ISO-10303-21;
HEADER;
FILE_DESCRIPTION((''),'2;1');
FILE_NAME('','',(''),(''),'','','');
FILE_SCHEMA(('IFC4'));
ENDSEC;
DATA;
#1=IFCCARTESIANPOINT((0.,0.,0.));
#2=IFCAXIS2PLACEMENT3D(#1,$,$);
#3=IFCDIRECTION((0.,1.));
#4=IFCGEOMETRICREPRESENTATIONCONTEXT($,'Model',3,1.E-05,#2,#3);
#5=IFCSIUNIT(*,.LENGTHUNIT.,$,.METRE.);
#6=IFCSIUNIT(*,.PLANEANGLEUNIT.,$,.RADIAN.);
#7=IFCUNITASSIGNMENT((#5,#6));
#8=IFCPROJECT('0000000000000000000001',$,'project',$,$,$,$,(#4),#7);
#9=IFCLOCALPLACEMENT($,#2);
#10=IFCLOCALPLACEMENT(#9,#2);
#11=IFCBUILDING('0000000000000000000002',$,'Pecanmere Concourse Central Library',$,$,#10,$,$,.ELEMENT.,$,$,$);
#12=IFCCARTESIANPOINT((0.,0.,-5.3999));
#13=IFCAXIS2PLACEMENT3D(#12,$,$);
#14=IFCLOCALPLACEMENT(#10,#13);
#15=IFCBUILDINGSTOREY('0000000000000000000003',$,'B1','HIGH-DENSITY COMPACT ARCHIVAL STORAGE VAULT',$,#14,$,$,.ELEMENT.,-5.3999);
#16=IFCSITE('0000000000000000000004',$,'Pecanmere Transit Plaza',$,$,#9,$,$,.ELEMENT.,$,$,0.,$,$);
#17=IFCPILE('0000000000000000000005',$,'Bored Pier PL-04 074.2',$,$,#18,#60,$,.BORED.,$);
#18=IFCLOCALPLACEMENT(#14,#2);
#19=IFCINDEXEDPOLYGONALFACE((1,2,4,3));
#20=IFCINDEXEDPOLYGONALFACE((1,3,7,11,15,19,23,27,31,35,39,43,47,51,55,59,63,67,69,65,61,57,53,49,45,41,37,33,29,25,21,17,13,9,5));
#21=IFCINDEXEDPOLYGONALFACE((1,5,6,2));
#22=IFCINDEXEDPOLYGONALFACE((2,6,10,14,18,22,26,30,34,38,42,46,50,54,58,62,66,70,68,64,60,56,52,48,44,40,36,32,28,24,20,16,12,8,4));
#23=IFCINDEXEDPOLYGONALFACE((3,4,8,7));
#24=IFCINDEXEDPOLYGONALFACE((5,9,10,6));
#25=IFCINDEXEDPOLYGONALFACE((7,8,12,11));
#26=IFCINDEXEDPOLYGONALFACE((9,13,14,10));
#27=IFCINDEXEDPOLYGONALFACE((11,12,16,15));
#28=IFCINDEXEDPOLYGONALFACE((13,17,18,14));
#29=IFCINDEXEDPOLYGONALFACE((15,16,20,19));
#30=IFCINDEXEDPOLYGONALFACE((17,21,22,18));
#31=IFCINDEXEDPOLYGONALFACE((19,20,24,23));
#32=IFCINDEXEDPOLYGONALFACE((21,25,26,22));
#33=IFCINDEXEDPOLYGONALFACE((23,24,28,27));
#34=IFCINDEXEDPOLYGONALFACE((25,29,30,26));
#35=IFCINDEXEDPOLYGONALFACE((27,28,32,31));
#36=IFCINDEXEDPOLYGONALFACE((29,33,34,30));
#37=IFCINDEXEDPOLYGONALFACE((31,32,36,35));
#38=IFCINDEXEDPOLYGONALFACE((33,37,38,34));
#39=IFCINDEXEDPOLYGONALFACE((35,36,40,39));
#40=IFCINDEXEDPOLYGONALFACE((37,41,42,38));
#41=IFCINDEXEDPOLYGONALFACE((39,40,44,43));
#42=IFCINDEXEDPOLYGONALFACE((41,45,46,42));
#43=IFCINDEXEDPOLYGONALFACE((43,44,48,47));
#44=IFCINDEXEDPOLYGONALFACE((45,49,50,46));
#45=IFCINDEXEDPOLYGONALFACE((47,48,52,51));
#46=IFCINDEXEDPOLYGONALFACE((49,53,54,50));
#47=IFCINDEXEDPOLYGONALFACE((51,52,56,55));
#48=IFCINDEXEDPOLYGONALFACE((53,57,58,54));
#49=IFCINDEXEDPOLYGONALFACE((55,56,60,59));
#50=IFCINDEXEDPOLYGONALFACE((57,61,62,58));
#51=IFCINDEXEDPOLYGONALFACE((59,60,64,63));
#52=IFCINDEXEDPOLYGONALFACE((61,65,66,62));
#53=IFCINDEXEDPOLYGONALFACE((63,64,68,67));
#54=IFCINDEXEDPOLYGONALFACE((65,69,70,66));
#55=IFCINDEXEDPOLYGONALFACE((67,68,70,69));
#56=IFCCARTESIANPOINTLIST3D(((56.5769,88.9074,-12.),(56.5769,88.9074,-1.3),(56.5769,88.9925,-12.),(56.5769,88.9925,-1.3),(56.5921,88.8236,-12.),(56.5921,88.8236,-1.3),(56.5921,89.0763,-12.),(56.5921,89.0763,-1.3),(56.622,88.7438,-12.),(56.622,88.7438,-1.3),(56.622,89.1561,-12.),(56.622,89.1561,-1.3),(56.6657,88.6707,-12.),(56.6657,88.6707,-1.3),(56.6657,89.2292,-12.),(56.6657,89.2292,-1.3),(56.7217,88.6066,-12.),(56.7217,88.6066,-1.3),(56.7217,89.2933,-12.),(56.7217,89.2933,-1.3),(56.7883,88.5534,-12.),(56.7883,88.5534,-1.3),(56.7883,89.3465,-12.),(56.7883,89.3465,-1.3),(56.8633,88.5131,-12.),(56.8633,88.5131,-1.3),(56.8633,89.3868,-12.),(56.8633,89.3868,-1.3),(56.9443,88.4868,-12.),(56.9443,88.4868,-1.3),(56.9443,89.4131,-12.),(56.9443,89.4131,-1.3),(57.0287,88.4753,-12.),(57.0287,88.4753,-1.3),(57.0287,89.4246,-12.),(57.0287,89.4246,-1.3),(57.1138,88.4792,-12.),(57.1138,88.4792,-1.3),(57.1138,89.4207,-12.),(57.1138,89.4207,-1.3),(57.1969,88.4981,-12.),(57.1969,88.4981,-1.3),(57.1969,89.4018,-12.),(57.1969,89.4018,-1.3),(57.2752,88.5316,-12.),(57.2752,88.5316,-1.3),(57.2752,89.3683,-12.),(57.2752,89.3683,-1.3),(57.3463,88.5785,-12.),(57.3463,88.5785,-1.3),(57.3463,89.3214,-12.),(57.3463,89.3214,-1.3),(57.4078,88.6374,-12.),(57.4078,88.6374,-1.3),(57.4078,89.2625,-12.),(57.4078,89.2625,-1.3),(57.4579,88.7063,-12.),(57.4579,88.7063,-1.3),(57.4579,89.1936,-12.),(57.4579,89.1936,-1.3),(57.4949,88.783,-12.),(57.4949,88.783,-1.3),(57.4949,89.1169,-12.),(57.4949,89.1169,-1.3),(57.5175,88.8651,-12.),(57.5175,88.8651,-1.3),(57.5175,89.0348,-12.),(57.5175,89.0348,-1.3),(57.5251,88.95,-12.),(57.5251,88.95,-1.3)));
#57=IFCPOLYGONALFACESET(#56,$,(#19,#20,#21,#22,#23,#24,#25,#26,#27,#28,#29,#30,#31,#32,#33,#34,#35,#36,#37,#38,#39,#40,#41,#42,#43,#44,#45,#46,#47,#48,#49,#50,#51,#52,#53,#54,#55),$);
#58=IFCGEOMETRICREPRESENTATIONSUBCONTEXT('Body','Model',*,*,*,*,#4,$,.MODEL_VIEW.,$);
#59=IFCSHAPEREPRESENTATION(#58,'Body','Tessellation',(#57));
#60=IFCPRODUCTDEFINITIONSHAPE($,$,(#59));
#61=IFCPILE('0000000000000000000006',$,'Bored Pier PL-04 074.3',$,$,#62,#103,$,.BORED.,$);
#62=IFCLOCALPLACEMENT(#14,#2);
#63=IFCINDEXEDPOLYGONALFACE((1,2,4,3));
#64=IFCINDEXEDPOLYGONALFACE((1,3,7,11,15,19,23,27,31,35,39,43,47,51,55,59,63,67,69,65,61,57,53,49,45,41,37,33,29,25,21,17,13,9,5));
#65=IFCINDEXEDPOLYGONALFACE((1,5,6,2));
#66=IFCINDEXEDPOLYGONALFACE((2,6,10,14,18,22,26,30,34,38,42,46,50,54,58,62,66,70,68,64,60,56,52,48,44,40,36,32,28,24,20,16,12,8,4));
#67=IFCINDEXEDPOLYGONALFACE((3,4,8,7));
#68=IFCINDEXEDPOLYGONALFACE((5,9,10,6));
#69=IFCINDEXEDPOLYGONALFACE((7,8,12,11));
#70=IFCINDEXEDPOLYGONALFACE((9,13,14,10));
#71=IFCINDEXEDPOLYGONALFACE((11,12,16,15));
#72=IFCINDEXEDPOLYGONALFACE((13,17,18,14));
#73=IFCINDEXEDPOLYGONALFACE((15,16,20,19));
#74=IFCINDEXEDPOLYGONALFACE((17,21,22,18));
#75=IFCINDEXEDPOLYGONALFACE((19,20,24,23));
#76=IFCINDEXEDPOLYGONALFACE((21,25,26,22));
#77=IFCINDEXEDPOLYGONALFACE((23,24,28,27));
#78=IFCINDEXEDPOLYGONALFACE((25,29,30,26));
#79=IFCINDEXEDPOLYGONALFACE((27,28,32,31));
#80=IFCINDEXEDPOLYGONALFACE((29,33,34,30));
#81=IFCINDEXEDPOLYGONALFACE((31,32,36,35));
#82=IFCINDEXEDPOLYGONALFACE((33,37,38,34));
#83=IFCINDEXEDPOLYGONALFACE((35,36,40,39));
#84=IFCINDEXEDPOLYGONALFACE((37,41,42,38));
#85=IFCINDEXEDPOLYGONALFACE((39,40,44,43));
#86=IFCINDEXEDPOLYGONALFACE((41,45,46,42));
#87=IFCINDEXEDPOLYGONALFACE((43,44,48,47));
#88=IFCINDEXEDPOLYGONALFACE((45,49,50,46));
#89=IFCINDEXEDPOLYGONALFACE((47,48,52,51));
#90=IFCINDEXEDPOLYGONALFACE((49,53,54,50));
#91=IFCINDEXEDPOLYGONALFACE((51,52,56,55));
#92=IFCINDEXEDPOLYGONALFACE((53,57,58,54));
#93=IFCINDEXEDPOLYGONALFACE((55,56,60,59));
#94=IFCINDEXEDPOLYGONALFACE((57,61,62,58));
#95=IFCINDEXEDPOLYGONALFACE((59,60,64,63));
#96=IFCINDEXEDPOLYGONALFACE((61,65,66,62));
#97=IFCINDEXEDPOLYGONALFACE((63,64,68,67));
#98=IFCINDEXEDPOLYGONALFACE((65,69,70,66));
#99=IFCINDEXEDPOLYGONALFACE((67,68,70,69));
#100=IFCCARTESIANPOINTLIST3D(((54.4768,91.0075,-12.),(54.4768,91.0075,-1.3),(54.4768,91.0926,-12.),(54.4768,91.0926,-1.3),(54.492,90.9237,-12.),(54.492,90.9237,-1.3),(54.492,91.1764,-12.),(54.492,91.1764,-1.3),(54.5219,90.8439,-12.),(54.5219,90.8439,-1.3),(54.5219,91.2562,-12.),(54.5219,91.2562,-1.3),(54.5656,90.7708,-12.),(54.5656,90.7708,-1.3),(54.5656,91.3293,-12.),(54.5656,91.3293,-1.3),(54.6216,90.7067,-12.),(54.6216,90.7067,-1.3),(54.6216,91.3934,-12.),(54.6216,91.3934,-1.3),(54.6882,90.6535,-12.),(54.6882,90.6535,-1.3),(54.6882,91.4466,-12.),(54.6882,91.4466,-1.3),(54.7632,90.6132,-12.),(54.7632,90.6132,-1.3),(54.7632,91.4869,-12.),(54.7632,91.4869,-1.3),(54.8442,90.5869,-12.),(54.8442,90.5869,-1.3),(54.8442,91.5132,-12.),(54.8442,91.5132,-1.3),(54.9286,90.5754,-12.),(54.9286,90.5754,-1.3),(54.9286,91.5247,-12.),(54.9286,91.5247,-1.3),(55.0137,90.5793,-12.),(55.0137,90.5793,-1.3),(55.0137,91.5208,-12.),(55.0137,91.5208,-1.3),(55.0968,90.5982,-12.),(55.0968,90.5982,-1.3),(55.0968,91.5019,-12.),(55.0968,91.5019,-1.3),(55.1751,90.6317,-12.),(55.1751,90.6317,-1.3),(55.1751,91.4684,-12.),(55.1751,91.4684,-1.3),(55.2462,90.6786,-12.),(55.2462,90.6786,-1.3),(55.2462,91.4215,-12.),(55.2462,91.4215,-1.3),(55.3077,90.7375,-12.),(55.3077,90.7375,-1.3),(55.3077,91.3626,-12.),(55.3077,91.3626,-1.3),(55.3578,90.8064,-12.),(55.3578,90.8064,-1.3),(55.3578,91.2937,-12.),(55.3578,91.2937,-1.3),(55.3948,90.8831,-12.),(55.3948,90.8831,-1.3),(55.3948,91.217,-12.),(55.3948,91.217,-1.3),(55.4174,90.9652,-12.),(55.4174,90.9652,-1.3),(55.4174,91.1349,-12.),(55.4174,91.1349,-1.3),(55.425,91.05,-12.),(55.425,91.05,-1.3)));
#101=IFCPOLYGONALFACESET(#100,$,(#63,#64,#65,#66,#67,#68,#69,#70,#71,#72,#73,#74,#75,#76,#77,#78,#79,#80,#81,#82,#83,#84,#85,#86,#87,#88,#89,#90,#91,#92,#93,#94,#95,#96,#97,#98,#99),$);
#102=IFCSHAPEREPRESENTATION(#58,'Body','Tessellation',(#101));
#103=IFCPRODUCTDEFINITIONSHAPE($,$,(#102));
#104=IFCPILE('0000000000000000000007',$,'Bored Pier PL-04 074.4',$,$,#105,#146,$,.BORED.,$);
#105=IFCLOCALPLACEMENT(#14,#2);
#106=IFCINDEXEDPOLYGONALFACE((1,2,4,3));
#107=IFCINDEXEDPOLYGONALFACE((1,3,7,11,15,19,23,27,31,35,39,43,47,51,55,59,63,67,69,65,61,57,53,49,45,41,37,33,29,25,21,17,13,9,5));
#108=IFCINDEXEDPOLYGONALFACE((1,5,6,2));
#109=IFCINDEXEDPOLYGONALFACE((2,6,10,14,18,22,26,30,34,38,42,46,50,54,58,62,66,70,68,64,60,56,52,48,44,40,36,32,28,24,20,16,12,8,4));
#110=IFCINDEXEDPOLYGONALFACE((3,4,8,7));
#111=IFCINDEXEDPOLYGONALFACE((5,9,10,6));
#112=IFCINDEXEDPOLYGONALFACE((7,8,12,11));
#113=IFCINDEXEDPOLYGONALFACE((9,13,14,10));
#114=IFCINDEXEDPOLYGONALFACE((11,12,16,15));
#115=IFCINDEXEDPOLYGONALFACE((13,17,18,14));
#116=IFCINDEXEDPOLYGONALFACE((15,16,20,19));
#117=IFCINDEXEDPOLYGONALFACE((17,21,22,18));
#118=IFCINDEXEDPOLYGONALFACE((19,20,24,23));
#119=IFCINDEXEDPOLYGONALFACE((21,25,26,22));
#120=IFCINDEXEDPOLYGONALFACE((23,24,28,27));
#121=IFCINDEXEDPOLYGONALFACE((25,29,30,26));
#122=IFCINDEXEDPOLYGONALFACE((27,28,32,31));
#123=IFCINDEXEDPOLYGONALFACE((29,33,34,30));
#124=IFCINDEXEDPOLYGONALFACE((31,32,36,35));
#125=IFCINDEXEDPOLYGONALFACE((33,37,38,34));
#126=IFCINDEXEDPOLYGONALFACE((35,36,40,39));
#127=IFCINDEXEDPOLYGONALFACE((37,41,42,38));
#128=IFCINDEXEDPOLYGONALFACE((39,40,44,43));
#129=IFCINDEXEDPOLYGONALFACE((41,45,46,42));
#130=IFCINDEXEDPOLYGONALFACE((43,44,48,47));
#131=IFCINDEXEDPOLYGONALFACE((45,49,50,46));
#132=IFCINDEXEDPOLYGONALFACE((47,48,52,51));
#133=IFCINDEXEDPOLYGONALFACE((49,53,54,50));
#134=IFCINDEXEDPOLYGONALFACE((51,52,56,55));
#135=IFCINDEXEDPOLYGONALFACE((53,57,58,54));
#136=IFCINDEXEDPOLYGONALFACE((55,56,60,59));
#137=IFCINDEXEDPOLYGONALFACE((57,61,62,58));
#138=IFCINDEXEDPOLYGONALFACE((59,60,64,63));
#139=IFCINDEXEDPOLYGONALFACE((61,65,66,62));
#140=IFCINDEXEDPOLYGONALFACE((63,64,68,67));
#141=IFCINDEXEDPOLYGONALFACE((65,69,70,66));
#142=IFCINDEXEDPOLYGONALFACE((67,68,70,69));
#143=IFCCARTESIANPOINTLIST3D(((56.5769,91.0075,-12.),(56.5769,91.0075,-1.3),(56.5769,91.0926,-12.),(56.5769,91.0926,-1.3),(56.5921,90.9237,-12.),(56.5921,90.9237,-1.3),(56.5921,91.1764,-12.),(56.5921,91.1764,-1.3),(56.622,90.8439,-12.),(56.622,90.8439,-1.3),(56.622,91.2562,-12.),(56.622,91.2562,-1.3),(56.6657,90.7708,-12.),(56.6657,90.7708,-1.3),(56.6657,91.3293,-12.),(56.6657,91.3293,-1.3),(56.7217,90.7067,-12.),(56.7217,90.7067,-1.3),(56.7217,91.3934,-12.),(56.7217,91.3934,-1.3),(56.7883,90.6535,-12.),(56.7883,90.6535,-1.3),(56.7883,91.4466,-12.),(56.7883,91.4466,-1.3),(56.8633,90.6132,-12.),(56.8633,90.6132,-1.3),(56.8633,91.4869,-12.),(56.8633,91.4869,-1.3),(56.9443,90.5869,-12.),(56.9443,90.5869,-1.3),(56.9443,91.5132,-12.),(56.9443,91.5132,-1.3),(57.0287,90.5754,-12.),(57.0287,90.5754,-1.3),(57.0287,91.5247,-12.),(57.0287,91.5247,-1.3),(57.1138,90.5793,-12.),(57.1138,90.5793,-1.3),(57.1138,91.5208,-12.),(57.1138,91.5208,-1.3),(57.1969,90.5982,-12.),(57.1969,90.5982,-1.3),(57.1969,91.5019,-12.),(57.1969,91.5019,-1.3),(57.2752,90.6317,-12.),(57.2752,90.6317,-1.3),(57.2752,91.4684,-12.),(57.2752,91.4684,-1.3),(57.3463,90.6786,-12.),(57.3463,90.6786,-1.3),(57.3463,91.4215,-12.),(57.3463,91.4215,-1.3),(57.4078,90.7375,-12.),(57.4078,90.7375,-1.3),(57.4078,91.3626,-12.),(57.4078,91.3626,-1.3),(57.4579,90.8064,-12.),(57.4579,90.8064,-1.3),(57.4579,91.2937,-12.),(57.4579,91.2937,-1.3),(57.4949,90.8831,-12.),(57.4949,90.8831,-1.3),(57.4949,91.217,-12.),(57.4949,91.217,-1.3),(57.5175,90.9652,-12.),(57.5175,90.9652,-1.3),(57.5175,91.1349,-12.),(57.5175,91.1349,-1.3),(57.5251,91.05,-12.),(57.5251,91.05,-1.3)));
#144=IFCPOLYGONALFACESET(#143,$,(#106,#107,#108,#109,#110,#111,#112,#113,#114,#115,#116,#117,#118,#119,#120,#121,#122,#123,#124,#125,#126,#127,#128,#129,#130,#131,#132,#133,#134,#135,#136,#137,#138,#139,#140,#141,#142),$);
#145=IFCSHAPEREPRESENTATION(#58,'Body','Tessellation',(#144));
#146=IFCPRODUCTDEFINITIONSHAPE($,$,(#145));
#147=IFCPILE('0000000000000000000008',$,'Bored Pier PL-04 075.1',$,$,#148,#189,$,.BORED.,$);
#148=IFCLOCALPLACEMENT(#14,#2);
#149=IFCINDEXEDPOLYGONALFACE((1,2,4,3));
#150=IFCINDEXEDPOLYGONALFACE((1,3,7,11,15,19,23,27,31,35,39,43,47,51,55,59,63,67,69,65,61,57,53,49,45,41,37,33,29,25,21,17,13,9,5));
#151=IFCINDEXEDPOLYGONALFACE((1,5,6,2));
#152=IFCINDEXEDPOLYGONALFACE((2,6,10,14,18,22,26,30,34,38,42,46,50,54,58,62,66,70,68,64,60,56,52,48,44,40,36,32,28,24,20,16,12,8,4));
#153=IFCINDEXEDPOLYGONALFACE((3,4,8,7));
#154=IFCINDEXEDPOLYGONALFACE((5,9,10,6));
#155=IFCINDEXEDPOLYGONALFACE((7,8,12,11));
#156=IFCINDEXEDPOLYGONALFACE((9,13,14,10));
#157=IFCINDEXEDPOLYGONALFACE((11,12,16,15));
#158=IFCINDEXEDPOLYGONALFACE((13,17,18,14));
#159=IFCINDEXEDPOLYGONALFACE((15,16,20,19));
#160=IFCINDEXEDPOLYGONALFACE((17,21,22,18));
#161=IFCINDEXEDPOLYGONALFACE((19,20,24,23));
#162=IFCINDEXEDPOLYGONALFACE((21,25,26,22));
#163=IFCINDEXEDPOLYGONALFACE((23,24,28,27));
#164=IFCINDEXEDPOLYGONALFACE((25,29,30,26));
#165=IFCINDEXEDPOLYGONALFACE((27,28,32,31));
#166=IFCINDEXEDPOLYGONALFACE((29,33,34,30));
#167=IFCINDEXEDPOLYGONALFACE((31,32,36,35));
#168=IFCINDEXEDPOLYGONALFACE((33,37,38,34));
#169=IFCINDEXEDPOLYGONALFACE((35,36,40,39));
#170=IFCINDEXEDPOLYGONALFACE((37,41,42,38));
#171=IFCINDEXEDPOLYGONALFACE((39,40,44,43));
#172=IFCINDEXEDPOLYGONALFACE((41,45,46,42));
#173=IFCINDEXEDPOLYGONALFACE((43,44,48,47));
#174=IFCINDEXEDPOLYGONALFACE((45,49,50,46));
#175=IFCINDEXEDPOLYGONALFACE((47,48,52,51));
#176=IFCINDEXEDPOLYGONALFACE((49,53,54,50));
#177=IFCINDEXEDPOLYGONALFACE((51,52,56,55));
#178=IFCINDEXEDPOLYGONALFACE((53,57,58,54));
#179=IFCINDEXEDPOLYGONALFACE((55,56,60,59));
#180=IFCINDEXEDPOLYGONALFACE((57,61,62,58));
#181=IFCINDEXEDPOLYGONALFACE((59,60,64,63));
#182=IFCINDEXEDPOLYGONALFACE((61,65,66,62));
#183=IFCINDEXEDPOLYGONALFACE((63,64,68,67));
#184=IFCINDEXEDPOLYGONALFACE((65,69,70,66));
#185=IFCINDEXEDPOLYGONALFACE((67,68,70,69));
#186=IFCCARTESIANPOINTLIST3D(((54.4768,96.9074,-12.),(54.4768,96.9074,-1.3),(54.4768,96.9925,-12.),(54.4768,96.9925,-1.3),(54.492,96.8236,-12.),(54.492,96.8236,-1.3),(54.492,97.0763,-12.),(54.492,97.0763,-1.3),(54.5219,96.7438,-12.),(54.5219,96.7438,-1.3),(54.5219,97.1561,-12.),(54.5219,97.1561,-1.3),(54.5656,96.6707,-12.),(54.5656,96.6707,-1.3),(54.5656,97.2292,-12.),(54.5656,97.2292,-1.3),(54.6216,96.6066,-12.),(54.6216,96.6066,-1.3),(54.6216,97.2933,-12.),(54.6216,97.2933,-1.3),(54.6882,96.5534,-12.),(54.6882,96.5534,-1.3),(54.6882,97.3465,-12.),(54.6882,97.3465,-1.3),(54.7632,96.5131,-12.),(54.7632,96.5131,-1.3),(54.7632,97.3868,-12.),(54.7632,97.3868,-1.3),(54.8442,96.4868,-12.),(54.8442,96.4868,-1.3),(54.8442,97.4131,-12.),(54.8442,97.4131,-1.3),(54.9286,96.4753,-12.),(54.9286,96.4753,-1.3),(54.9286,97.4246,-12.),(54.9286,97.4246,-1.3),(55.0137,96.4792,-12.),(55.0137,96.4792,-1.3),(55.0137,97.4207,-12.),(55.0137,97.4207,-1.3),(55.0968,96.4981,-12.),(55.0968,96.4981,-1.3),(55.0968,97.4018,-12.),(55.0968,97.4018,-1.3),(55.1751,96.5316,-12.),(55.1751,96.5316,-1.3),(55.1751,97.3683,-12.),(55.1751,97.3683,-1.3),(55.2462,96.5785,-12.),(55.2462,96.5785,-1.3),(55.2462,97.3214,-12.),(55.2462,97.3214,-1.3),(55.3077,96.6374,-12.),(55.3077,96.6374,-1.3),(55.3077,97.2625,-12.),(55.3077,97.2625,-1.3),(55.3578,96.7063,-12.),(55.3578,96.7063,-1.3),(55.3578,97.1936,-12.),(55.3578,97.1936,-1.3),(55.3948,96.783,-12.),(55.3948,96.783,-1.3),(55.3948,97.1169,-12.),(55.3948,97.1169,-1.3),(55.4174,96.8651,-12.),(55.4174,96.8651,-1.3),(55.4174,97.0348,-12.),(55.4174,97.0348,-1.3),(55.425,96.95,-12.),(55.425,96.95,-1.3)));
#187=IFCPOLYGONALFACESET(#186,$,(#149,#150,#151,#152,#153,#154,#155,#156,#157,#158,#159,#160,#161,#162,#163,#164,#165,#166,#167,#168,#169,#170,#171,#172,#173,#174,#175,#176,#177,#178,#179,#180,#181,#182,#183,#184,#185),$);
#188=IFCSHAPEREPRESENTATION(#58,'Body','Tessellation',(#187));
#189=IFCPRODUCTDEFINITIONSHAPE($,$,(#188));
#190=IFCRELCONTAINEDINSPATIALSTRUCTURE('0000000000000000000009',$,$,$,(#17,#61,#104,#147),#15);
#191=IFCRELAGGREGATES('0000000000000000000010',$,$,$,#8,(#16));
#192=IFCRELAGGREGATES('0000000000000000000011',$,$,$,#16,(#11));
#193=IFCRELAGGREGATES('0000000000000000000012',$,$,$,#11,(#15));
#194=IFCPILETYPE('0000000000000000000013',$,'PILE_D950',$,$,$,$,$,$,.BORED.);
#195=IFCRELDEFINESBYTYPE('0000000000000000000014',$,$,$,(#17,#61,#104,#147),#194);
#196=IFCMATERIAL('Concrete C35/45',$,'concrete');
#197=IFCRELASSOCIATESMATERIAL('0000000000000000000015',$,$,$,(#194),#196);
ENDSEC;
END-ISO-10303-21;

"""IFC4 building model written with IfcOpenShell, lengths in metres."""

from ifc_helpers import new_model, si_unit, direction, frame, origin, origin_2d, place, context, subcontext, project, spatial, circle, extrude, material, material_profile, profile_set, type_object, element, save


model = new_model("IFC4")

# Units and contexts
model_context = context("Model", 3, precision=1e-05, world=origin(), true_north=direction((0.0, 1.0)))
body_context = subcontext(model_context, "Body", "Model", "MODEL_VIEW")
ifc_project = project(units=[si_unit("LENGTHUNIT", "METRE"), si_unit("PLANEANGLEUNIT", "RADIAN")], contexts=[model_context])

# Site, building, storey
site_placement = place(None, origin())
site = spatial("IfcSite", under=ifc_project, at=site_placement, Name="Pecanmere Transit Plaza", CompositionType="ELEMENT", RefElevation=0.0)
building_placement = place(site_placement, origin())
building = spatial("IfcBuilding", under=site, at=building_placement, Name="Pecanmere Concourse Central Library", CompositionType="ELEMENT")
storey_placement = place(building_placement, frame((0.0, 0.0, -5.3999)))
storey = spatial("IfcBuildingStorey", under=building, at=storey_placement, Name="B1", Description="HIGH-DENSITY COMPACT ARCHIVAL STORAGE VAULT", CompositionType="ELEMENT", Elevation=-5.3999)

# Piles
ifc_material_1 = material(Name="Concrete C35/45", Category="concrete")
ifc_material_profile_1 = material_profile(ifc_material_1, circle(Radius=0.4751, at=origin_2d()), Name="PIER D950")
ifc_profile_set_1 = profile_set([ifc_material_profile_1], Name="Concrete C35/45")
pile_type = type_object("IfcPileType", Name="PILE_D950", PredefinedType="BORED", material=ifc_profile_set_1)
for number, where, z_axis, x_axis, name in (
    (1, (57.05, 88.95, -1.3), (0.0, 0.0, -1.0), (1.0, 0.0, 0.0), "Bored Pier PL-04 074.2"),
    (2, (54.95, 91.05, -1.3), (0.0, 0.0, -1.0), (1.0, 0.0, 0.0), "Bored Pier PL-04 074.3"),
    (3, (57.05, 91.05, -1.3), (0.0, 0.0, -1.0), (1.0, 0.0, 0.0), "Bored Pier PL-04 074.4"),
    (4, (54.95, 96.95, -1.3), (0.0, 0.0, -1.0), (1.0, 0.0, 0.0), "Bored Pier PL-04 075.1"),
):
    element("IfcPile", number, at=place(storey_placement, frame(where, z_axis=z_axis, x_axis=x_axis)), inside=storey, type_object=pile_type, Name=name, PredefinedType="BORED", context=body_context, shape_type="SweptSolid", body=[
        extrude(circle(Radius=0.4751, at=origin_2d()), origin(), (0.0, 0.0, 1.0), 10.7),
    ])

save(model, "model.ifc")
